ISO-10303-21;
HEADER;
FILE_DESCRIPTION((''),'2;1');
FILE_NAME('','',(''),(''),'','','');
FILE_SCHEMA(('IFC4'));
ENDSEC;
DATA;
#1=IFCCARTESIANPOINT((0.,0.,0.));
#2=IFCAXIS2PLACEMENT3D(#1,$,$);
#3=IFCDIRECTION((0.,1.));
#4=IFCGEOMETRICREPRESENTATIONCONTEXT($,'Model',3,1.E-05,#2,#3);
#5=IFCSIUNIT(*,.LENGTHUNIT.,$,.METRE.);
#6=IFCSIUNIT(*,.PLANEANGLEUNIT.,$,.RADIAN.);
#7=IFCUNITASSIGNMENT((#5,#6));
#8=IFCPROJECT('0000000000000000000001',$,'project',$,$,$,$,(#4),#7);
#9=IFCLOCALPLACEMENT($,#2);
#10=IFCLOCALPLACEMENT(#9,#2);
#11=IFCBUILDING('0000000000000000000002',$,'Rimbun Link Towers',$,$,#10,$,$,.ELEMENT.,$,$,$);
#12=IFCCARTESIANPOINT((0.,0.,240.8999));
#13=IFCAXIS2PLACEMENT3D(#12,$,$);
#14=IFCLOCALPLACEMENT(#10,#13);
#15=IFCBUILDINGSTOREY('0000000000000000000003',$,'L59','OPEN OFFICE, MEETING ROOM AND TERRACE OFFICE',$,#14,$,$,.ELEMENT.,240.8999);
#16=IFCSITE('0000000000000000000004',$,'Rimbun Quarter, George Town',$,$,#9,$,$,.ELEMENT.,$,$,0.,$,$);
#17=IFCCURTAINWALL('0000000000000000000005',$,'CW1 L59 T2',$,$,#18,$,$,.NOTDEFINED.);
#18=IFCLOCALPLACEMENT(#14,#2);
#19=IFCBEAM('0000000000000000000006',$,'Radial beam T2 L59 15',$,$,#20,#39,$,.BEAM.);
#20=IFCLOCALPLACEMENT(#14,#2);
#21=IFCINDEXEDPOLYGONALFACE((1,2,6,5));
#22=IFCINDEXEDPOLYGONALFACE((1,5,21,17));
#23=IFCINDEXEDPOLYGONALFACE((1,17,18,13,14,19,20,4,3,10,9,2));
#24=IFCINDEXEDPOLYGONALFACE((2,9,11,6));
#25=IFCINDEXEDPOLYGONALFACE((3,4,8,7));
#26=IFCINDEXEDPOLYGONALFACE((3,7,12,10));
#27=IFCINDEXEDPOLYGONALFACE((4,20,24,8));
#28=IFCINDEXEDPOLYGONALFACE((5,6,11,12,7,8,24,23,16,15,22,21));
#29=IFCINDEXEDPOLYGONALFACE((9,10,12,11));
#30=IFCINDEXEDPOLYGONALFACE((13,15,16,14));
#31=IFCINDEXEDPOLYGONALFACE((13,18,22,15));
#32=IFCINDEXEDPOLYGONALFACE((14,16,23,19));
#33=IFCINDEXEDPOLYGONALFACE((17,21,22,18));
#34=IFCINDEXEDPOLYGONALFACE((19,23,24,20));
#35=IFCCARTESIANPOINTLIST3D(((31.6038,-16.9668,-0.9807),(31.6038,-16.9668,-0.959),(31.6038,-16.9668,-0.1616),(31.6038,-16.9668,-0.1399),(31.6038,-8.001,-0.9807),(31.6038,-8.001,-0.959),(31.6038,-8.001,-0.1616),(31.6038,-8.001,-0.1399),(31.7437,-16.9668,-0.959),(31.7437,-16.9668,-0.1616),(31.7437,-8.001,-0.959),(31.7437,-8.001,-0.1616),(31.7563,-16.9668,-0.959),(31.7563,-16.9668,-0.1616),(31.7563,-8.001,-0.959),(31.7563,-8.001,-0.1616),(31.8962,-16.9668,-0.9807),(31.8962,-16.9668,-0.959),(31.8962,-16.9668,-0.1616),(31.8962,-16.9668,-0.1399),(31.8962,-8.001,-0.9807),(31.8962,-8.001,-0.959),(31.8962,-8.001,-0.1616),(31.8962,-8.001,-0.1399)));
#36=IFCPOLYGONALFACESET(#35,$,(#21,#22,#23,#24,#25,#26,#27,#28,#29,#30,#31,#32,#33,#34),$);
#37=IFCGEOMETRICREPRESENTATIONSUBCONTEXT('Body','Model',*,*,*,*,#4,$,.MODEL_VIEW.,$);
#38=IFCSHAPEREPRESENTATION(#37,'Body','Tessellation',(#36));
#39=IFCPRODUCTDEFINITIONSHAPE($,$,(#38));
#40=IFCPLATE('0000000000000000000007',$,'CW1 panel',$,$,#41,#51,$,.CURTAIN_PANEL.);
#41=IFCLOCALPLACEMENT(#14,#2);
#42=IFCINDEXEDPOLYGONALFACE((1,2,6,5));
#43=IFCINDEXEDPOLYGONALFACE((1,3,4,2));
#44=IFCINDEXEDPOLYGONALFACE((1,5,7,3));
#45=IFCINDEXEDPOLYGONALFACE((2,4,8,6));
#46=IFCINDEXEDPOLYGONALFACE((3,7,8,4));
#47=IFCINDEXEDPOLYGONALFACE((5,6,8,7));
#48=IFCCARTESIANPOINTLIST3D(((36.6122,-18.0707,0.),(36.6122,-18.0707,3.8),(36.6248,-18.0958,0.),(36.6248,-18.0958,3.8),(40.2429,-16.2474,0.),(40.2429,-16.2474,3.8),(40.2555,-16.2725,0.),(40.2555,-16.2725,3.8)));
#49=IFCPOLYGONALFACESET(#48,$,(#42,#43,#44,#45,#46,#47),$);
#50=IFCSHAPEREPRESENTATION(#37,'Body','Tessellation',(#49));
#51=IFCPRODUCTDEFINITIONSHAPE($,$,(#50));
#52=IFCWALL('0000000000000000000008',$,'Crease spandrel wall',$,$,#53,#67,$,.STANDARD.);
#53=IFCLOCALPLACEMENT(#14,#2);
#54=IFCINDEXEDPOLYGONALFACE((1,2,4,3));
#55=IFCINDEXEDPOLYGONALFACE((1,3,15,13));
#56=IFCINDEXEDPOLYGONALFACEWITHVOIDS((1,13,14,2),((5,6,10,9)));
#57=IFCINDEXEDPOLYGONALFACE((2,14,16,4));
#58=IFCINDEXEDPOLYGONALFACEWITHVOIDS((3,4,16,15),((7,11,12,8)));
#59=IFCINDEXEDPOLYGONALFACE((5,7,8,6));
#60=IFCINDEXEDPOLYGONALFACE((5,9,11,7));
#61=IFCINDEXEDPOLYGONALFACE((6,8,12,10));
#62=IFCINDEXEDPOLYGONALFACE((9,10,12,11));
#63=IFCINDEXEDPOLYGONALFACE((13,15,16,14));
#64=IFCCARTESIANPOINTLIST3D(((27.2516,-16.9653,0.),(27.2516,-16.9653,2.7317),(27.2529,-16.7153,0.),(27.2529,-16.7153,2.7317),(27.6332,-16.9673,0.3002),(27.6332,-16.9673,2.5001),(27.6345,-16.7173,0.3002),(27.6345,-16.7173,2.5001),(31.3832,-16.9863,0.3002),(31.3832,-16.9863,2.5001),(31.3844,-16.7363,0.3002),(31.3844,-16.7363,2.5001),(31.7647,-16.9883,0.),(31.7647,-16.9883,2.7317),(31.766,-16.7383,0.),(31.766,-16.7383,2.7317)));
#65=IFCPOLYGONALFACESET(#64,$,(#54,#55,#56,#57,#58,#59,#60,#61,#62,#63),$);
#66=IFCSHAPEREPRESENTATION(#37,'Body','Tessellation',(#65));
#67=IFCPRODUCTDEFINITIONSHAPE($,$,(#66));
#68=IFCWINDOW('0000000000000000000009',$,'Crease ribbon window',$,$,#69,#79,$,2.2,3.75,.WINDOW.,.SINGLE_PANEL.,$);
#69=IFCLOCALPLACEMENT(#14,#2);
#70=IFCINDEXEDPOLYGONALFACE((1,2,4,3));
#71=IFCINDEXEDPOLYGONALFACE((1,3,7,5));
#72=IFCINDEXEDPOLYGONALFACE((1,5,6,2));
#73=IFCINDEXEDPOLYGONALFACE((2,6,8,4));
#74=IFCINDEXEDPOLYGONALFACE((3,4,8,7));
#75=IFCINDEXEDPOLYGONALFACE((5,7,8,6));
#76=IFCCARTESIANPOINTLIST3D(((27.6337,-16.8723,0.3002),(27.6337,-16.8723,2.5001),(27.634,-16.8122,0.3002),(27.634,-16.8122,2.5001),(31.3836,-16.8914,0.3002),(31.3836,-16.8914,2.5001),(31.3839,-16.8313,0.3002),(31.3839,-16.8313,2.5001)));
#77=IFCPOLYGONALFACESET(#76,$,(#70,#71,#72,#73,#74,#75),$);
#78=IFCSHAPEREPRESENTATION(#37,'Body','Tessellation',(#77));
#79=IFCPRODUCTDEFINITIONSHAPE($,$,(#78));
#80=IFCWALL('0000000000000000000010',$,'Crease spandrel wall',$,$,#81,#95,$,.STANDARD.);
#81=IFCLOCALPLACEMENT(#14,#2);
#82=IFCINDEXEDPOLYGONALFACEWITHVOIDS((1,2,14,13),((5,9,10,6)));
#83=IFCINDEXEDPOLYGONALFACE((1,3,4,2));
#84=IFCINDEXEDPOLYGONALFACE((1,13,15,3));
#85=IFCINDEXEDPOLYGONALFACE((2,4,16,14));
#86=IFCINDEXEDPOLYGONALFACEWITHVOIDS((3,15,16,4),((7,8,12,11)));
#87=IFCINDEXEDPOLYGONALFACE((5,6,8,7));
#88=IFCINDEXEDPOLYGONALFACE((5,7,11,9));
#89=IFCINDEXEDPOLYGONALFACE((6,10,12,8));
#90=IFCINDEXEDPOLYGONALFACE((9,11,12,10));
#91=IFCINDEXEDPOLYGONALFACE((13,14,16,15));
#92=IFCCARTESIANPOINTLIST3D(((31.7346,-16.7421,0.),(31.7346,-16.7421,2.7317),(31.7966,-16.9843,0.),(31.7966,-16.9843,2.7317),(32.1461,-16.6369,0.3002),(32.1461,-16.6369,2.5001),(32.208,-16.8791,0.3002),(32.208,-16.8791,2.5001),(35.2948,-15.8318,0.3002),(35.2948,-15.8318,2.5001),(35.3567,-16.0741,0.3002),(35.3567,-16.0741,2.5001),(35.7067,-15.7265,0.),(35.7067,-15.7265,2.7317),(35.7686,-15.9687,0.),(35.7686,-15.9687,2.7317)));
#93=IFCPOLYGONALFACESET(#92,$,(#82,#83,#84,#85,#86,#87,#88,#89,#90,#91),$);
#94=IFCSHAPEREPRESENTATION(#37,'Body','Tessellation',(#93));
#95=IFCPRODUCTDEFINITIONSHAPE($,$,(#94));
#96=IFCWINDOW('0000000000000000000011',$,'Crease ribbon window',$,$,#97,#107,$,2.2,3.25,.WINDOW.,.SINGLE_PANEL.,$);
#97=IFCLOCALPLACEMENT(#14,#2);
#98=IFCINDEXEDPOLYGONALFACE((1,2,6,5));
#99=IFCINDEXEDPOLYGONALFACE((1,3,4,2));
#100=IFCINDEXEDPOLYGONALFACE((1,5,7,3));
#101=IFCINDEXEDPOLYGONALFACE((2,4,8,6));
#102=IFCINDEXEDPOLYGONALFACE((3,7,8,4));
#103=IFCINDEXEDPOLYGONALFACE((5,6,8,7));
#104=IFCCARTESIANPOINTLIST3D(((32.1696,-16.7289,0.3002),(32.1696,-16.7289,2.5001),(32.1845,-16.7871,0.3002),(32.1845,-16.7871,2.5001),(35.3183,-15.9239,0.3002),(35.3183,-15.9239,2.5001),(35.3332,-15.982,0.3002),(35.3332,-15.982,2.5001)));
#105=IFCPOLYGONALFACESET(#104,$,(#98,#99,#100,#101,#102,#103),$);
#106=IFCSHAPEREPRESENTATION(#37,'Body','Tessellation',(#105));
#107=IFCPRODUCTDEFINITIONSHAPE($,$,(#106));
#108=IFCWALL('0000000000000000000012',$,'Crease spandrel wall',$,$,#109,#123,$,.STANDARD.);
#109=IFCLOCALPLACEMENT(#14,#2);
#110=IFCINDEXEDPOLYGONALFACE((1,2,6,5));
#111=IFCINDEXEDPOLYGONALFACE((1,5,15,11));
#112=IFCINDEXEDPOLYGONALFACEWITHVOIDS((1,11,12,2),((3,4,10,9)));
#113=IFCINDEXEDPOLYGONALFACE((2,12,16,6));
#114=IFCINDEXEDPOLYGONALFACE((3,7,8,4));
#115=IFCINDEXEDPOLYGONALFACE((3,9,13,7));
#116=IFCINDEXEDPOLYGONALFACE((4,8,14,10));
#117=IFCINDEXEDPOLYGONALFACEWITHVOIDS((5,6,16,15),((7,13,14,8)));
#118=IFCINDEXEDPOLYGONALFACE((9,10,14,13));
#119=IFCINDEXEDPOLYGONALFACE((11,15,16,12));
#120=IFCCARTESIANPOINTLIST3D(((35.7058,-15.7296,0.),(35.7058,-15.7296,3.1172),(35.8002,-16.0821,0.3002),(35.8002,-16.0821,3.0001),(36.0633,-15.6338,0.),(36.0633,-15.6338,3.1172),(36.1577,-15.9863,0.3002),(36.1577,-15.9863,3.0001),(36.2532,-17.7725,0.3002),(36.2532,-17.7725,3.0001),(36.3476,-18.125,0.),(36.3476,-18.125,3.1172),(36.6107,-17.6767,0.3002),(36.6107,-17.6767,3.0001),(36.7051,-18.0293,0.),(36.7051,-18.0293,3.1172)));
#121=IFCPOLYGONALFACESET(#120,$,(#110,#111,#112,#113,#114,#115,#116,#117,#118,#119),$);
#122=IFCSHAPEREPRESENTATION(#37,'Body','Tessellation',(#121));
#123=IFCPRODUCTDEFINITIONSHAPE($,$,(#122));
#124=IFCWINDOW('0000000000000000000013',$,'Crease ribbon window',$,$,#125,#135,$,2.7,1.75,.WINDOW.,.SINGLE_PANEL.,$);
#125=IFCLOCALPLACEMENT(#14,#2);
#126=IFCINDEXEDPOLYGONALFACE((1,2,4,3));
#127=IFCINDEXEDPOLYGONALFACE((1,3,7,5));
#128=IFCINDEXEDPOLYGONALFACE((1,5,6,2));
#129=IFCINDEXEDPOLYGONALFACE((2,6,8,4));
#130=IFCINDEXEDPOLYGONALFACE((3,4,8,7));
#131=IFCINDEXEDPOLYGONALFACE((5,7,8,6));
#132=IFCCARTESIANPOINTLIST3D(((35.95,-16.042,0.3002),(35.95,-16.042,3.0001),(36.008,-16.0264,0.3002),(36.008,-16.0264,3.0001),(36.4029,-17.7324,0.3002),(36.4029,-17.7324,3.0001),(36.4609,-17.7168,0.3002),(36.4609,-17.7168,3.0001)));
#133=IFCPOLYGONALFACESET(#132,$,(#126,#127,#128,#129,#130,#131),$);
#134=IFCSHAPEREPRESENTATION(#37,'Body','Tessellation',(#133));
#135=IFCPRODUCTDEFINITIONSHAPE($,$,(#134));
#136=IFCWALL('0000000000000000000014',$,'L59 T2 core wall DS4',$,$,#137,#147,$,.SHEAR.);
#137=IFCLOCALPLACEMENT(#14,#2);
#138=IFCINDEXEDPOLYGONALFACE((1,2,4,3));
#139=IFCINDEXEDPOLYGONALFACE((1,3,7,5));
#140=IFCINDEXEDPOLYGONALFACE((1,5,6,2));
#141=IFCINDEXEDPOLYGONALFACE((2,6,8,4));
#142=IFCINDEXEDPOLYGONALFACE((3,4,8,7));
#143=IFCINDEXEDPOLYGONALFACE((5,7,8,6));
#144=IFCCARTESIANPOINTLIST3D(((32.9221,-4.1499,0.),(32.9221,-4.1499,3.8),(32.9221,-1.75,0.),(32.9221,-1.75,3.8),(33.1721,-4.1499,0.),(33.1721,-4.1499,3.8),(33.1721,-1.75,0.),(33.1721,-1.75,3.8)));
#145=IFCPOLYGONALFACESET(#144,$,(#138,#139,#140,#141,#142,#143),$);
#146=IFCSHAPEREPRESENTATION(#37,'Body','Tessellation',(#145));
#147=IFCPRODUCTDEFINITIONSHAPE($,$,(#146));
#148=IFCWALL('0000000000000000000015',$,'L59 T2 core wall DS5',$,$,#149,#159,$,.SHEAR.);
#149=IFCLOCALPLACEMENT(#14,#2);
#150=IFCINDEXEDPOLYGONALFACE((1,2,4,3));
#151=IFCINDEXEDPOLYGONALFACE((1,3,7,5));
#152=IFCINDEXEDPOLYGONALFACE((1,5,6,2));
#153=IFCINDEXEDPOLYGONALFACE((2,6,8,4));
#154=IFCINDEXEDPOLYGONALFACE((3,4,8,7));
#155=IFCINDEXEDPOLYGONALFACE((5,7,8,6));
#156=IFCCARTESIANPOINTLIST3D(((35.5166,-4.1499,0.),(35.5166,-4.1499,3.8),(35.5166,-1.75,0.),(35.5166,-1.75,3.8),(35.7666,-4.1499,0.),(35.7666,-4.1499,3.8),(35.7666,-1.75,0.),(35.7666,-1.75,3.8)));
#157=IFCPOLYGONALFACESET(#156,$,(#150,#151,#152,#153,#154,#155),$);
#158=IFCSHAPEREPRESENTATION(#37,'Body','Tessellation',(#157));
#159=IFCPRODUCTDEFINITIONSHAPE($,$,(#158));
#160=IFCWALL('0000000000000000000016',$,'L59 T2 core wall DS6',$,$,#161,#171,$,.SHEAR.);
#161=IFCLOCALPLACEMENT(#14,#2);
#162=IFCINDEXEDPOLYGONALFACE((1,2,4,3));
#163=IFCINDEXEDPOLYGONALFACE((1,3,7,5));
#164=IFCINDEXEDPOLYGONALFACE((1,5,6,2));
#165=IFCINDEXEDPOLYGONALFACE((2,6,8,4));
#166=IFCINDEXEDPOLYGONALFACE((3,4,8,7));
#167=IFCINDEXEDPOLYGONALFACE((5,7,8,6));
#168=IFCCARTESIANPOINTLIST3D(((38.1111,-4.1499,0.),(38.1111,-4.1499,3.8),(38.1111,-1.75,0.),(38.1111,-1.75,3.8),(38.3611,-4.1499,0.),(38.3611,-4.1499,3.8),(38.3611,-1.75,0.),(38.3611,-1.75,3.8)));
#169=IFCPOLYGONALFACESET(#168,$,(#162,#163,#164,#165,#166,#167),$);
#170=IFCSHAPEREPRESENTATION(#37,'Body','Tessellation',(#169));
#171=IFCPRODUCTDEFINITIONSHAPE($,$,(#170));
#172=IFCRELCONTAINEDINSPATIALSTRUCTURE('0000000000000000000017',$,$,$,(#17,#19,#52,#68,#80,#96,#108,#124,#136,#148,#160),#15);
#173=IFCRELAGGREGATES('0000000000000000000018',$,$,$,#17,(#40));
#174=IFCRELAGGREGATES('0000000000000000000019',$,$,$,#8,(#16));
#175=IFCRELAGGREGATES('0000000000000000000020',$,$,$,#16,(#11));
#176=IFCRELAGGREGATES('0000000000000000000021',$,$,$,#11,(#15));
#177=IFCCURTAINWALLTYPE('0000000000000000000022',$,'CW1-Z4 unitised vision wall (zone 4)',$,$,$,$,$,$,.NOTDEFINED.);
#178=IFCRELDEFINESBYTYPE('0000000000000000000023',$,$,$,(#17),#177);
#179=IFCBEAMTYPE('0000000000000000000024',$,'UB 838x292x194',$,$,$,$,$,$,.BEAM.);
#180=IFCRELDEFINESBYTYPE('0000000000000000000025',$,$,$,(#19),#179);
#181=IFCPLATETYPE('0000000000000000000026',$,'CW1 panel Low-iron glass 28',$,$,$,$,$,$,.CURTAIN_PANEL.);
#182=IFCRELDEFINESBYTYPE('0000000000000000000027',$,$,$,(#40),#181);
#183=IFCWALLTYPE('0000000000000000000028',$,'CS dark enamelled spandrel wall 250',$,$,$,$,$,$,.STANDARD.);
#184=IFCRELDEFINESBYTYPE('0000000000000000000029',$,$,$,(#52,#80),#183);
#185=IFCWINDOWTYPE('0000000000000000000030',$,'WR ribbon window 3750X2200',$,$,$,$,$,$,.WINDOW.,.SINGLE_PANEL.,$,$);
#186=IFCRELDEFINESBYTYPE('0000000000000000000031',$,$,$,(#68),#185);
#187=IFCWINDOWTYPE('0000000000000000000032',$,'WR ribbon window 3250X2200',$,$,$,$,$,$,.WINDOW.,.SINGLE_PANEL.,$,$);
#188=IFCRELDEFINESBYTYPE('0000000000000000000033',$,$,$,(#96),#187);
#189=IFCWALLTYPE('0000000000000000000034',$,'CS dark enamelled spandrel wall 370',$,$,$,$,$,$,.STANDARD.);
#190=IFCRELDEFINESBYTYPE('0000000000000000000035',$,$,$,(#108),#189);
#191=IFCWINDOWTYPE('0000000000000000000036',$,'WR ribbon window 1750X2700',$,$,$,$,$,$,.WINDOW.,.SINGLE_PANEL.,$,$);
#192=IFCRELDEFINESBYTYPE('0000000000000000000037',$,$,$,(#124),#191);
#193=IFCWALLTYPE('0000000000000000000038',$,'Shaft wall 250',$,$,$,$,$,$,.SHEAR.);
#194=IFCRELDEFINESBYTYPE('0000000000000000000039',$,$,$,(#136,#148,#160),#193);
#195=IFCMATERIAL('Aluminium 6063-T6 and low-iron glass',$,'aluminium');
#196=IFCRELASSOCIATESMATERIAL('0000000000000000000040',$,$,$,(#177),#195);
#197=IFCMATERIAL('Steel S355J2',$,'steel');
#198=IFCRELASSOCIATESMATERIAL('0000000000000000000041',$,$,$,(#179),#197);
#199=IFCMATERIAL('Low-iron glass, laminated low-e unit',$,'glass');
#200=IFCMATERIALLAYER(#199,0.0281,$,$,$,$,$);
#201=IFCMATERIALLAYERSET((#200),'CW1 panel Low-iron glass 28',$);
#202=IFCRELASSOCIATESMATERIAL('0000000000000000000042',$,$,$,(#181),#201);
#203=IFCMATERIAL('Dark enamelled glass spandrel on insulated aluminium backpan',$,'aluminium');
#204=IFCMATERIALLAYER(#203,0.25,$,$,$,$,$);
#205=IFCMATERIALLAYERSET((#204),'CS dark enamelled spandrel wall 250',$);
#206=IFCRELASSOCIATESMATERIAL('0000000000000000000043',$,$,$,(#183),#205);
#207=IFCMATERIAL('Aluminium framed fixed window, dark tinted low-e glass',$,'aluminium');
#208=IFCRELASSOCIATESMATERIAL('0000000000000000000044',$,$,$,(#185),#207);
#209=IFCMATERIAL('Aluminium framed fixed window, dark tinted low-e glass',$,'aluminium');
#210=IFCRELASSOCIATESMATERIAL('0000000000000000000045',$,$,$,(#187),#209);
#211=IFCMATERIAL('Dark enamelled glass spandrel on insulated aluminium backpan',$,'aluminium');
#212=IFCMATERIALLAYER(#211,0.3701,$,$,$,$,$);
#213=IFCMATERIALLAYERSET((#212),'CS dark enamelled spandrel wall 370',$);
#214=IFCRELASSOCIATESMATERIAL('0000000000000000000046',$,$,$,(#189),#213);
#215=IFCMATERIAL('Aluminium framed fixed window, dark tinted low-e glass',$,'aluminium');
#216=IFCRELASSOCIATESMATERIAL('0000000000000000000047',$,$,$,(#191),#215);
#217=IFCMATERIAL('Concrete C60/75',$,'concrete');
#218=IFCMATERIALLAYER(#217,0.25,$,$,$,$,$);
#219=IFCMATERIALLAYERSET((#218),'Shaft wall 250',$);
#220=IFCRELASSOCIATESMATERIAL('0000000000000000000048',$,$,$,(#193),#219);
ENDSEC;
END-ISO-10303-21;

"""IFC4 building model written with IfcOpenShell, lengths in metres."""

from ifc_helpers import new_model, si_unit, direction, frame, frame_2d, origin, origin_2d, place, context, subcontext, project, spatial, rectangle, i_section, extrude, material, layer, layer_set, material_profile, profile_set, type_object, element, fill, aggregate, save


model = new_model("IFC4")

# Units and contexts
model_context = context("Model", 3, precision=1e-05, world=origin(), true_north=direction((0.0, 1.0)))
body_context = subcontext(model_context, "Body", "Model", "MODEL_VIEW")
ifc_project = project(units=[si_unit("LENGTHUNIT", "METRE"), si_unit("PLANEANGLEUNIT", "RADIAN")], contexts=[model_context])

# Site, building, storey
site_placement = place(None, origin())
site = spatial("IfcSite", under=ifc_project, at=site_placement, Name="Rimbun Quarter, George Town", CompositionType="ELEMENT", RefElevation=0.0)
building_placement = place(site_placement, origin())
building = spatial("IfcBuilding", under=site, at=building_placement, Name="Rimbun Link Towers", CompositionType="ELEMENT")
storey_placement = place(building_placement, frame((0.0, 0.0, 240.8999)))
storey = spatial("IfcBuildingStorey", under=building, at=storey_placement, Name="L59", Description="OPEN OFFICE, MEETING ROOM AND TERRACE OFFICE", CompositionType="ELEMENT", Elevation=240.8999)

# Curtain wall
ifc_material_1 = material(Name="Aluminium 6063-T6 and low-iron glass", Category="aluminium")
curtain_wall_type = type_object("IfcCurtainWallType", Name="CW1-Z4 unitised vision wall (zone 4)", PredefinedType="NOTDEFINED", material=ifc_material_1)
curtain_wall_placement = place(storey_placement, origin())
curtain_wall = element("IfcCurtainWall", 1, at=curtain_wall_placement, inside=storey, type_object=curtain_wall_type, Name="CW1 L59 T2", PredefinedType="NOTDEFINED")

# Beam
ifc_material_2 = material(Name="Steel S355J2", Category="steel")
ifc_material_profile_1 = material_profile(ifc_material_2, i_section(OverallWidth=0.2925, OverallDepth=0.8408, WebThickness=0.0127, FlangeThickness=0.0217, at=origin_2d()), Name="UB 838x292x194")
ifc_profile_set_1 = profile_set([ifc_material_profile_1], Name="Steel S355J2")
beam_type_1 = type_object("IfcBeamType", Name="UB 838x292x194", PredefinedType="BEAM", material=ifc_profile_set_1)
beam_1_placement = place(storey_placement, frame((31.75, -8.001, -0.5603), z_axis=(0.0, -1.0, 0.0), x_axis=(1.0, 0.0, 0.0)))
element("IfcBeam", 2, at=beam_1_placement, inside=storey, type_object=beam_type_1, Name="Radial beam T2 L59 15", PredefinedType="BEAM", context=body_context, shape_type="SweptSolid", body=[
    extrude(i_section(OverallWidth=0.2925, OverallDepth=0.8408, WebThickness=0.0127, FlangeThickness=0.0217, at=origin_2d()), origin(), (0.0, 0.0, 1.0), 8.9658),
])

# Plate
ifc_material_3 = material(Name="Low-iron glass, laminated low-e unit", Category="glass")
ifc_layer_1 = layer(ifc_material_3, 0.0281)
ifc_layer_set_1 = layer_set([ifc_layer_1], Name="CW1 panel Low-iron glass 28")
plate_type = type_object("IfcPlateType", Name="CW1 panel Low-iron glass 28", PredefinedType="CURTAIN_PANEL", material=ifc_layer_set_1)
plate_placement = place(storey_placement, frame((38.4338, -17.1716, 0.0), z_axis=(0.0, 0.0, 1.0), x_axis=(-0.893643, -0.448779, 0.0)))
plate = element("IfcPlate", 3, at=plate_placement, type_object=plate_type, Name="CW1 panel", PredefinedType="CURTAIN_PANEL", context=body_context, shape_type="SweptSolid", body=[
    extrude(rectangle(XDim=4.0627, YDim=0.0281, at=origin_2d()), origin(), (0.0, 0.0, 1.0), 3.8),
])
aggregate(curtain_wall, [plate])

# Walls, openings, windows
ifc_material_4 = material(Name="Dark enamelled glass spandrel on insulated aluminium backpan", Category="aluminium")
ifc_layer_2 = layer(ifc_material_4, 0.25)
ifc_layer_set_2 = layer_set([ifc_layer_2], Name="CS dark enamelled spandrel wall 250")
wall_type_1 = type_object("IfcWallType", Name="CS dark enamelled spandrel wall 250", PredefinedType="STANDARD", material=ifc_layer_set_2)
wall_1_placement = place(storey_placement, frame((31.7654, -16.8633, 0.0), z_axis=(0.0, 0.0, 1.0), x_axis=(-0.999987, 0.005085, 0.0)))
wall_1 = element("IfcWall", 4, at=wall_1_placement, inside=storey, type_object=wall_type_1, Name="Crease spandrel wall", PredefinedType="STANDARD", context=body_context, shape_type="SweptSolid", body=[
    extrude(rectangle(XDim=4.5132, YDim=0.25, at=frame_2d((2.2566, 0.0))), origin(), (0.0, 0.0, 1.0), 2.7317),
])
opening_1_placement = place(wall_1_placement, frame((0.3816, 0.0, 0.3)))
opening_1 = element("IfcOpeningElement", 5, at=opening_1_placement, cuts=wall_1, PredefinedType="OPENING", context=body_context, shape_type="SweptSolid", body=[
    extrude(rectangle(XDim=3.75, YDim=2.2, at=frame_2d((1.875, 1.1001))), frame((0.0, 0.135, 0.0), z_axis=(0.0, -1.0, 0.0), x_axis=(1.0, 0.0, 0.0)), (0.0, 0.0, 1.0), 0.27),
])
ifc_material_5 = material(Name="Aluminium framed fixed window, dark tinted low-e glass", Category="aluminium")
window_type_1 = type_object("IfcWindowType", Name="WR ribbon window 3750X2200", PartitioningType="SINGLE_PANEL", PredefinedType="WINDOW", material=ifc_material_5)
window_1_placement = place(opening_1_placement, origin())
window_1 = element("IfcWindow", 6, at=window_1_placement, inside=storey, type_object=window_type_1, Name="Crease ribbon window", OverallHeight=2.2, OverallWidth=3.75, PartitioningType="SINGLE_PANEL", PredefinedType="WINDOW", context=body_context, shape_type="SweptSolid", body=[
    extrude(rectangle(XDim=3.75, YDim=2.2, at=frame_2d((1.875, 1.1001))), frame((0.0, 0.03, 0.0), z_axis=(0.0, -1.0, 0.0), x_axis=(1.0, 0.0, 0.0)), (0.0, 0.0, 1.0), 0.0601),
])
fill(opening_1, window_1)
wall_2_placement = place(storey_placement, frame((35.7375, -15.8477, 0.0), z_axis=(0.0, 0.0, 1.0), x_axis=(-0.968833, -0.247716, 0.0)))
wall_2 = element("IfcWall", 7, at=wall_2_placement, inside=storey, type_object=wall_type_1, Name="Crease spandrel wall", PredefinedType="STANDARD", context=body_context, shape_type="SweptSolid", body=[
    extrude(rectangle(XDim=4.0999, YDim=0.25, at=frame_2d((2.0498, 0.0))), origin(), (0.0, 0.0, 1.0), 2.7317),
])
opening_2_placement = place(wall_2_placement, frame((0.425, 0.0, 0.3)))
opening_2 = element("IfcOpeningElement", 8, at=opening_2_placement, cuts=wall_2, PredefinedType="OPENING", context=body_context, shape_type="SweptSolid", body=[
    extrude(rectangle(XDim=3.25, YDim=2.2, at=frame_2d((1.625, 1.1001))), frame((0.0, 0.135, 0.0), z_axis=(0.0, -1.0, 0.0), x_axis=(1.0, 0.0, 0.0)), (0.0, 0.0, 1.0), 0.27),
])
ifc_material_6 = material(Name="Aluminium framed fixed window, dark tinted low-e glass", Category="aluminium")
window_type_2 = type_object("IfcWindowType", Name="WR ribbon window 3250X2200", PartitioningType="SINGLE_PANEL", PredefinedType="WINDOW", material=ifc_material_6)
window_2_placement = place(opening_2_placement, origin())
window_2 = element("IfcWindow", 9, at=window_2_placement, inside=storey, type_object=window_type_2, Name="Crease ribbon window", OverallHeight=2.2, OverallWidth=3.25, PartitioningType="SINGLE_PANEL", PredefinedType="WINDOW", context=body_context, shape_type="SweptSolid", body=[
    extrude(rectangle(XDim=3.25, YDim=2.2, at=frame_2d((1.625, 1.1001))), frame((0.0, 0.03, 0.0), z_axis=(0.0, -1.0, 0.0), x_axis=(1.0, 0.0, 0.0)), (0.0, 0.0, 1.0), 0.0601),
])
fill(opening_2, window_2)
ifc_material_7 = material(Name="Dark enamelled glass spandrel on insulated aluminium backpan", Category="aluminium")
ifc_layer_3 = layer(ifc_material_7, 0.3701)
ifc_layer_set_3 = layer_set([ifc_layer_3], Name="CS dark enamelled spandrel wall 370")
wall_type_2 = type_object("IfcWallType", Name="CS dark enamelled spandrel wall 370", PredefinedType="STANDARD", material=ifc_layer_set_3)
wall_3_placement = place(storey_placement, frame((36.5264, -18.0771, 0.0), z_axis=(0.0, 0.0, 1.0), x_axis=(-0.258808, 0.965929, 0.0)))
wall_3 = element("IfcWall", 10, at=wall_3_placement, inside=storey, type_object=wall_type_2, Name="Crease spandrel wall", PredefinedType="STANDARD", context=body_context, shape_type="SweptSolid", body=[
    extrude(rectangle(XDim=2.48, YDim=0.3701, at=frame_2d((1.24, 0.0))), origin(), (0.0, 0.0, 1.0), 3.1172),
])
opening_3_placement = place(wall_3_placement, frame((0.365, 0.0, 0.3)))
opening_3 = element("IfcOpeningElement", 11, at=opening_3_placement, cuts=wall_3, PredefinedType="OPENING", context=body_context, shape_type="SweptSolid", body=[
    extrude(rectangle(XDim=1.75, YDim=2.7, at=frame_2d((0.875, 1.3501))), frame((0.0, 0.1951, 0.0), z_axis=(0.0, -1.0, 0.0), x_axis=(1.0, 0.0, 0.0)), (0.0, 0.0, 1.0), 0.3901),
])
ifc_material_8 = material(Name="Aluminium framed fixed window, dark tinted low-e glass", Category="aluminium")
window_type_3 = type_object("IfcWindowType", Name="WR ribbon window 1750X2700", PartitioningType="SINGLE_PANEL", PredefinedType="WINDOW", material=ifc_material_8)
window_3_placement = place(opening_3_placement, origin())
window_3 = element("IfcWindow", 12, at=window_3_placement, inside=storey, type_object=window_type_3, Name="Crease ribbon window", OverallHeight=2.7, OverallWidth=1.75, PartitioningType="SINGLE_PANEL", PredefinedType="WINDOW", context=body_context, shape_type="SweptSolid", body=[
    extrude(rectangle(XDim=1.75, YDim=2.7, at=frame_2d((0.875, 1.3501))), frame((0.0, 0.03, 0.0), z_axis=(0.0, -1.0, 0.0), x_axis=(1.0, 0.0, 0.0)), (0.0, 0.0, 1.0), 0.0601),
])
fill(opening_3, window_3)

# Walls
ifc_material_9 = material(Name="Concrete C60/75", Category="concrete")
ifc_layer_4 = layer(ifc_material_9, 0.25)
ifc_layer_set_4 = layer_set([ifc_layer_4], Name="Shaft wall 250")
wall_type_3 = type_object("IfcWallType", Name="Shaft wall 250", PredefinedType="SHEAR", material=ifc_layer_set_4)
for number, where, z_axis, x_axis, name in (
    (13, (33.0471, -4.1499, 0.0), (0.0, 0.0, 1.0), (0.0, 1.0, 0.0), "L59 T2 core wall DS4"),
    (14, (35.6416, -4.1499, 0.0), (0.0, 0.0, 1.0), (0.0, 1.0, 0.0), "L59 T2 core wall DS5"),
    (15, (38.2361, -4.1499, 0.0), (0.0, 0.0, 1.0), (0.0, 1.0, 0.0), "L59 T2 core wall DS6"),
):
    element("IfcWall", number, at=place(storey_placement, frame(where, z_axis=z_axis, x_axis=x_axis)), inside=storey, type_object=wall_type_3, Name=name, PredefinedType="SHEAR", context=body_context, shape_type="SweptSolid", body=[
        extrude(rectangle(XDim=2.3999, YDim=0.25, at=frame_2d((1.2, 0.0))), origin(), (0.0, 0.0, 1.0), 3.8),
    ])

save(model, "model.ifc")
